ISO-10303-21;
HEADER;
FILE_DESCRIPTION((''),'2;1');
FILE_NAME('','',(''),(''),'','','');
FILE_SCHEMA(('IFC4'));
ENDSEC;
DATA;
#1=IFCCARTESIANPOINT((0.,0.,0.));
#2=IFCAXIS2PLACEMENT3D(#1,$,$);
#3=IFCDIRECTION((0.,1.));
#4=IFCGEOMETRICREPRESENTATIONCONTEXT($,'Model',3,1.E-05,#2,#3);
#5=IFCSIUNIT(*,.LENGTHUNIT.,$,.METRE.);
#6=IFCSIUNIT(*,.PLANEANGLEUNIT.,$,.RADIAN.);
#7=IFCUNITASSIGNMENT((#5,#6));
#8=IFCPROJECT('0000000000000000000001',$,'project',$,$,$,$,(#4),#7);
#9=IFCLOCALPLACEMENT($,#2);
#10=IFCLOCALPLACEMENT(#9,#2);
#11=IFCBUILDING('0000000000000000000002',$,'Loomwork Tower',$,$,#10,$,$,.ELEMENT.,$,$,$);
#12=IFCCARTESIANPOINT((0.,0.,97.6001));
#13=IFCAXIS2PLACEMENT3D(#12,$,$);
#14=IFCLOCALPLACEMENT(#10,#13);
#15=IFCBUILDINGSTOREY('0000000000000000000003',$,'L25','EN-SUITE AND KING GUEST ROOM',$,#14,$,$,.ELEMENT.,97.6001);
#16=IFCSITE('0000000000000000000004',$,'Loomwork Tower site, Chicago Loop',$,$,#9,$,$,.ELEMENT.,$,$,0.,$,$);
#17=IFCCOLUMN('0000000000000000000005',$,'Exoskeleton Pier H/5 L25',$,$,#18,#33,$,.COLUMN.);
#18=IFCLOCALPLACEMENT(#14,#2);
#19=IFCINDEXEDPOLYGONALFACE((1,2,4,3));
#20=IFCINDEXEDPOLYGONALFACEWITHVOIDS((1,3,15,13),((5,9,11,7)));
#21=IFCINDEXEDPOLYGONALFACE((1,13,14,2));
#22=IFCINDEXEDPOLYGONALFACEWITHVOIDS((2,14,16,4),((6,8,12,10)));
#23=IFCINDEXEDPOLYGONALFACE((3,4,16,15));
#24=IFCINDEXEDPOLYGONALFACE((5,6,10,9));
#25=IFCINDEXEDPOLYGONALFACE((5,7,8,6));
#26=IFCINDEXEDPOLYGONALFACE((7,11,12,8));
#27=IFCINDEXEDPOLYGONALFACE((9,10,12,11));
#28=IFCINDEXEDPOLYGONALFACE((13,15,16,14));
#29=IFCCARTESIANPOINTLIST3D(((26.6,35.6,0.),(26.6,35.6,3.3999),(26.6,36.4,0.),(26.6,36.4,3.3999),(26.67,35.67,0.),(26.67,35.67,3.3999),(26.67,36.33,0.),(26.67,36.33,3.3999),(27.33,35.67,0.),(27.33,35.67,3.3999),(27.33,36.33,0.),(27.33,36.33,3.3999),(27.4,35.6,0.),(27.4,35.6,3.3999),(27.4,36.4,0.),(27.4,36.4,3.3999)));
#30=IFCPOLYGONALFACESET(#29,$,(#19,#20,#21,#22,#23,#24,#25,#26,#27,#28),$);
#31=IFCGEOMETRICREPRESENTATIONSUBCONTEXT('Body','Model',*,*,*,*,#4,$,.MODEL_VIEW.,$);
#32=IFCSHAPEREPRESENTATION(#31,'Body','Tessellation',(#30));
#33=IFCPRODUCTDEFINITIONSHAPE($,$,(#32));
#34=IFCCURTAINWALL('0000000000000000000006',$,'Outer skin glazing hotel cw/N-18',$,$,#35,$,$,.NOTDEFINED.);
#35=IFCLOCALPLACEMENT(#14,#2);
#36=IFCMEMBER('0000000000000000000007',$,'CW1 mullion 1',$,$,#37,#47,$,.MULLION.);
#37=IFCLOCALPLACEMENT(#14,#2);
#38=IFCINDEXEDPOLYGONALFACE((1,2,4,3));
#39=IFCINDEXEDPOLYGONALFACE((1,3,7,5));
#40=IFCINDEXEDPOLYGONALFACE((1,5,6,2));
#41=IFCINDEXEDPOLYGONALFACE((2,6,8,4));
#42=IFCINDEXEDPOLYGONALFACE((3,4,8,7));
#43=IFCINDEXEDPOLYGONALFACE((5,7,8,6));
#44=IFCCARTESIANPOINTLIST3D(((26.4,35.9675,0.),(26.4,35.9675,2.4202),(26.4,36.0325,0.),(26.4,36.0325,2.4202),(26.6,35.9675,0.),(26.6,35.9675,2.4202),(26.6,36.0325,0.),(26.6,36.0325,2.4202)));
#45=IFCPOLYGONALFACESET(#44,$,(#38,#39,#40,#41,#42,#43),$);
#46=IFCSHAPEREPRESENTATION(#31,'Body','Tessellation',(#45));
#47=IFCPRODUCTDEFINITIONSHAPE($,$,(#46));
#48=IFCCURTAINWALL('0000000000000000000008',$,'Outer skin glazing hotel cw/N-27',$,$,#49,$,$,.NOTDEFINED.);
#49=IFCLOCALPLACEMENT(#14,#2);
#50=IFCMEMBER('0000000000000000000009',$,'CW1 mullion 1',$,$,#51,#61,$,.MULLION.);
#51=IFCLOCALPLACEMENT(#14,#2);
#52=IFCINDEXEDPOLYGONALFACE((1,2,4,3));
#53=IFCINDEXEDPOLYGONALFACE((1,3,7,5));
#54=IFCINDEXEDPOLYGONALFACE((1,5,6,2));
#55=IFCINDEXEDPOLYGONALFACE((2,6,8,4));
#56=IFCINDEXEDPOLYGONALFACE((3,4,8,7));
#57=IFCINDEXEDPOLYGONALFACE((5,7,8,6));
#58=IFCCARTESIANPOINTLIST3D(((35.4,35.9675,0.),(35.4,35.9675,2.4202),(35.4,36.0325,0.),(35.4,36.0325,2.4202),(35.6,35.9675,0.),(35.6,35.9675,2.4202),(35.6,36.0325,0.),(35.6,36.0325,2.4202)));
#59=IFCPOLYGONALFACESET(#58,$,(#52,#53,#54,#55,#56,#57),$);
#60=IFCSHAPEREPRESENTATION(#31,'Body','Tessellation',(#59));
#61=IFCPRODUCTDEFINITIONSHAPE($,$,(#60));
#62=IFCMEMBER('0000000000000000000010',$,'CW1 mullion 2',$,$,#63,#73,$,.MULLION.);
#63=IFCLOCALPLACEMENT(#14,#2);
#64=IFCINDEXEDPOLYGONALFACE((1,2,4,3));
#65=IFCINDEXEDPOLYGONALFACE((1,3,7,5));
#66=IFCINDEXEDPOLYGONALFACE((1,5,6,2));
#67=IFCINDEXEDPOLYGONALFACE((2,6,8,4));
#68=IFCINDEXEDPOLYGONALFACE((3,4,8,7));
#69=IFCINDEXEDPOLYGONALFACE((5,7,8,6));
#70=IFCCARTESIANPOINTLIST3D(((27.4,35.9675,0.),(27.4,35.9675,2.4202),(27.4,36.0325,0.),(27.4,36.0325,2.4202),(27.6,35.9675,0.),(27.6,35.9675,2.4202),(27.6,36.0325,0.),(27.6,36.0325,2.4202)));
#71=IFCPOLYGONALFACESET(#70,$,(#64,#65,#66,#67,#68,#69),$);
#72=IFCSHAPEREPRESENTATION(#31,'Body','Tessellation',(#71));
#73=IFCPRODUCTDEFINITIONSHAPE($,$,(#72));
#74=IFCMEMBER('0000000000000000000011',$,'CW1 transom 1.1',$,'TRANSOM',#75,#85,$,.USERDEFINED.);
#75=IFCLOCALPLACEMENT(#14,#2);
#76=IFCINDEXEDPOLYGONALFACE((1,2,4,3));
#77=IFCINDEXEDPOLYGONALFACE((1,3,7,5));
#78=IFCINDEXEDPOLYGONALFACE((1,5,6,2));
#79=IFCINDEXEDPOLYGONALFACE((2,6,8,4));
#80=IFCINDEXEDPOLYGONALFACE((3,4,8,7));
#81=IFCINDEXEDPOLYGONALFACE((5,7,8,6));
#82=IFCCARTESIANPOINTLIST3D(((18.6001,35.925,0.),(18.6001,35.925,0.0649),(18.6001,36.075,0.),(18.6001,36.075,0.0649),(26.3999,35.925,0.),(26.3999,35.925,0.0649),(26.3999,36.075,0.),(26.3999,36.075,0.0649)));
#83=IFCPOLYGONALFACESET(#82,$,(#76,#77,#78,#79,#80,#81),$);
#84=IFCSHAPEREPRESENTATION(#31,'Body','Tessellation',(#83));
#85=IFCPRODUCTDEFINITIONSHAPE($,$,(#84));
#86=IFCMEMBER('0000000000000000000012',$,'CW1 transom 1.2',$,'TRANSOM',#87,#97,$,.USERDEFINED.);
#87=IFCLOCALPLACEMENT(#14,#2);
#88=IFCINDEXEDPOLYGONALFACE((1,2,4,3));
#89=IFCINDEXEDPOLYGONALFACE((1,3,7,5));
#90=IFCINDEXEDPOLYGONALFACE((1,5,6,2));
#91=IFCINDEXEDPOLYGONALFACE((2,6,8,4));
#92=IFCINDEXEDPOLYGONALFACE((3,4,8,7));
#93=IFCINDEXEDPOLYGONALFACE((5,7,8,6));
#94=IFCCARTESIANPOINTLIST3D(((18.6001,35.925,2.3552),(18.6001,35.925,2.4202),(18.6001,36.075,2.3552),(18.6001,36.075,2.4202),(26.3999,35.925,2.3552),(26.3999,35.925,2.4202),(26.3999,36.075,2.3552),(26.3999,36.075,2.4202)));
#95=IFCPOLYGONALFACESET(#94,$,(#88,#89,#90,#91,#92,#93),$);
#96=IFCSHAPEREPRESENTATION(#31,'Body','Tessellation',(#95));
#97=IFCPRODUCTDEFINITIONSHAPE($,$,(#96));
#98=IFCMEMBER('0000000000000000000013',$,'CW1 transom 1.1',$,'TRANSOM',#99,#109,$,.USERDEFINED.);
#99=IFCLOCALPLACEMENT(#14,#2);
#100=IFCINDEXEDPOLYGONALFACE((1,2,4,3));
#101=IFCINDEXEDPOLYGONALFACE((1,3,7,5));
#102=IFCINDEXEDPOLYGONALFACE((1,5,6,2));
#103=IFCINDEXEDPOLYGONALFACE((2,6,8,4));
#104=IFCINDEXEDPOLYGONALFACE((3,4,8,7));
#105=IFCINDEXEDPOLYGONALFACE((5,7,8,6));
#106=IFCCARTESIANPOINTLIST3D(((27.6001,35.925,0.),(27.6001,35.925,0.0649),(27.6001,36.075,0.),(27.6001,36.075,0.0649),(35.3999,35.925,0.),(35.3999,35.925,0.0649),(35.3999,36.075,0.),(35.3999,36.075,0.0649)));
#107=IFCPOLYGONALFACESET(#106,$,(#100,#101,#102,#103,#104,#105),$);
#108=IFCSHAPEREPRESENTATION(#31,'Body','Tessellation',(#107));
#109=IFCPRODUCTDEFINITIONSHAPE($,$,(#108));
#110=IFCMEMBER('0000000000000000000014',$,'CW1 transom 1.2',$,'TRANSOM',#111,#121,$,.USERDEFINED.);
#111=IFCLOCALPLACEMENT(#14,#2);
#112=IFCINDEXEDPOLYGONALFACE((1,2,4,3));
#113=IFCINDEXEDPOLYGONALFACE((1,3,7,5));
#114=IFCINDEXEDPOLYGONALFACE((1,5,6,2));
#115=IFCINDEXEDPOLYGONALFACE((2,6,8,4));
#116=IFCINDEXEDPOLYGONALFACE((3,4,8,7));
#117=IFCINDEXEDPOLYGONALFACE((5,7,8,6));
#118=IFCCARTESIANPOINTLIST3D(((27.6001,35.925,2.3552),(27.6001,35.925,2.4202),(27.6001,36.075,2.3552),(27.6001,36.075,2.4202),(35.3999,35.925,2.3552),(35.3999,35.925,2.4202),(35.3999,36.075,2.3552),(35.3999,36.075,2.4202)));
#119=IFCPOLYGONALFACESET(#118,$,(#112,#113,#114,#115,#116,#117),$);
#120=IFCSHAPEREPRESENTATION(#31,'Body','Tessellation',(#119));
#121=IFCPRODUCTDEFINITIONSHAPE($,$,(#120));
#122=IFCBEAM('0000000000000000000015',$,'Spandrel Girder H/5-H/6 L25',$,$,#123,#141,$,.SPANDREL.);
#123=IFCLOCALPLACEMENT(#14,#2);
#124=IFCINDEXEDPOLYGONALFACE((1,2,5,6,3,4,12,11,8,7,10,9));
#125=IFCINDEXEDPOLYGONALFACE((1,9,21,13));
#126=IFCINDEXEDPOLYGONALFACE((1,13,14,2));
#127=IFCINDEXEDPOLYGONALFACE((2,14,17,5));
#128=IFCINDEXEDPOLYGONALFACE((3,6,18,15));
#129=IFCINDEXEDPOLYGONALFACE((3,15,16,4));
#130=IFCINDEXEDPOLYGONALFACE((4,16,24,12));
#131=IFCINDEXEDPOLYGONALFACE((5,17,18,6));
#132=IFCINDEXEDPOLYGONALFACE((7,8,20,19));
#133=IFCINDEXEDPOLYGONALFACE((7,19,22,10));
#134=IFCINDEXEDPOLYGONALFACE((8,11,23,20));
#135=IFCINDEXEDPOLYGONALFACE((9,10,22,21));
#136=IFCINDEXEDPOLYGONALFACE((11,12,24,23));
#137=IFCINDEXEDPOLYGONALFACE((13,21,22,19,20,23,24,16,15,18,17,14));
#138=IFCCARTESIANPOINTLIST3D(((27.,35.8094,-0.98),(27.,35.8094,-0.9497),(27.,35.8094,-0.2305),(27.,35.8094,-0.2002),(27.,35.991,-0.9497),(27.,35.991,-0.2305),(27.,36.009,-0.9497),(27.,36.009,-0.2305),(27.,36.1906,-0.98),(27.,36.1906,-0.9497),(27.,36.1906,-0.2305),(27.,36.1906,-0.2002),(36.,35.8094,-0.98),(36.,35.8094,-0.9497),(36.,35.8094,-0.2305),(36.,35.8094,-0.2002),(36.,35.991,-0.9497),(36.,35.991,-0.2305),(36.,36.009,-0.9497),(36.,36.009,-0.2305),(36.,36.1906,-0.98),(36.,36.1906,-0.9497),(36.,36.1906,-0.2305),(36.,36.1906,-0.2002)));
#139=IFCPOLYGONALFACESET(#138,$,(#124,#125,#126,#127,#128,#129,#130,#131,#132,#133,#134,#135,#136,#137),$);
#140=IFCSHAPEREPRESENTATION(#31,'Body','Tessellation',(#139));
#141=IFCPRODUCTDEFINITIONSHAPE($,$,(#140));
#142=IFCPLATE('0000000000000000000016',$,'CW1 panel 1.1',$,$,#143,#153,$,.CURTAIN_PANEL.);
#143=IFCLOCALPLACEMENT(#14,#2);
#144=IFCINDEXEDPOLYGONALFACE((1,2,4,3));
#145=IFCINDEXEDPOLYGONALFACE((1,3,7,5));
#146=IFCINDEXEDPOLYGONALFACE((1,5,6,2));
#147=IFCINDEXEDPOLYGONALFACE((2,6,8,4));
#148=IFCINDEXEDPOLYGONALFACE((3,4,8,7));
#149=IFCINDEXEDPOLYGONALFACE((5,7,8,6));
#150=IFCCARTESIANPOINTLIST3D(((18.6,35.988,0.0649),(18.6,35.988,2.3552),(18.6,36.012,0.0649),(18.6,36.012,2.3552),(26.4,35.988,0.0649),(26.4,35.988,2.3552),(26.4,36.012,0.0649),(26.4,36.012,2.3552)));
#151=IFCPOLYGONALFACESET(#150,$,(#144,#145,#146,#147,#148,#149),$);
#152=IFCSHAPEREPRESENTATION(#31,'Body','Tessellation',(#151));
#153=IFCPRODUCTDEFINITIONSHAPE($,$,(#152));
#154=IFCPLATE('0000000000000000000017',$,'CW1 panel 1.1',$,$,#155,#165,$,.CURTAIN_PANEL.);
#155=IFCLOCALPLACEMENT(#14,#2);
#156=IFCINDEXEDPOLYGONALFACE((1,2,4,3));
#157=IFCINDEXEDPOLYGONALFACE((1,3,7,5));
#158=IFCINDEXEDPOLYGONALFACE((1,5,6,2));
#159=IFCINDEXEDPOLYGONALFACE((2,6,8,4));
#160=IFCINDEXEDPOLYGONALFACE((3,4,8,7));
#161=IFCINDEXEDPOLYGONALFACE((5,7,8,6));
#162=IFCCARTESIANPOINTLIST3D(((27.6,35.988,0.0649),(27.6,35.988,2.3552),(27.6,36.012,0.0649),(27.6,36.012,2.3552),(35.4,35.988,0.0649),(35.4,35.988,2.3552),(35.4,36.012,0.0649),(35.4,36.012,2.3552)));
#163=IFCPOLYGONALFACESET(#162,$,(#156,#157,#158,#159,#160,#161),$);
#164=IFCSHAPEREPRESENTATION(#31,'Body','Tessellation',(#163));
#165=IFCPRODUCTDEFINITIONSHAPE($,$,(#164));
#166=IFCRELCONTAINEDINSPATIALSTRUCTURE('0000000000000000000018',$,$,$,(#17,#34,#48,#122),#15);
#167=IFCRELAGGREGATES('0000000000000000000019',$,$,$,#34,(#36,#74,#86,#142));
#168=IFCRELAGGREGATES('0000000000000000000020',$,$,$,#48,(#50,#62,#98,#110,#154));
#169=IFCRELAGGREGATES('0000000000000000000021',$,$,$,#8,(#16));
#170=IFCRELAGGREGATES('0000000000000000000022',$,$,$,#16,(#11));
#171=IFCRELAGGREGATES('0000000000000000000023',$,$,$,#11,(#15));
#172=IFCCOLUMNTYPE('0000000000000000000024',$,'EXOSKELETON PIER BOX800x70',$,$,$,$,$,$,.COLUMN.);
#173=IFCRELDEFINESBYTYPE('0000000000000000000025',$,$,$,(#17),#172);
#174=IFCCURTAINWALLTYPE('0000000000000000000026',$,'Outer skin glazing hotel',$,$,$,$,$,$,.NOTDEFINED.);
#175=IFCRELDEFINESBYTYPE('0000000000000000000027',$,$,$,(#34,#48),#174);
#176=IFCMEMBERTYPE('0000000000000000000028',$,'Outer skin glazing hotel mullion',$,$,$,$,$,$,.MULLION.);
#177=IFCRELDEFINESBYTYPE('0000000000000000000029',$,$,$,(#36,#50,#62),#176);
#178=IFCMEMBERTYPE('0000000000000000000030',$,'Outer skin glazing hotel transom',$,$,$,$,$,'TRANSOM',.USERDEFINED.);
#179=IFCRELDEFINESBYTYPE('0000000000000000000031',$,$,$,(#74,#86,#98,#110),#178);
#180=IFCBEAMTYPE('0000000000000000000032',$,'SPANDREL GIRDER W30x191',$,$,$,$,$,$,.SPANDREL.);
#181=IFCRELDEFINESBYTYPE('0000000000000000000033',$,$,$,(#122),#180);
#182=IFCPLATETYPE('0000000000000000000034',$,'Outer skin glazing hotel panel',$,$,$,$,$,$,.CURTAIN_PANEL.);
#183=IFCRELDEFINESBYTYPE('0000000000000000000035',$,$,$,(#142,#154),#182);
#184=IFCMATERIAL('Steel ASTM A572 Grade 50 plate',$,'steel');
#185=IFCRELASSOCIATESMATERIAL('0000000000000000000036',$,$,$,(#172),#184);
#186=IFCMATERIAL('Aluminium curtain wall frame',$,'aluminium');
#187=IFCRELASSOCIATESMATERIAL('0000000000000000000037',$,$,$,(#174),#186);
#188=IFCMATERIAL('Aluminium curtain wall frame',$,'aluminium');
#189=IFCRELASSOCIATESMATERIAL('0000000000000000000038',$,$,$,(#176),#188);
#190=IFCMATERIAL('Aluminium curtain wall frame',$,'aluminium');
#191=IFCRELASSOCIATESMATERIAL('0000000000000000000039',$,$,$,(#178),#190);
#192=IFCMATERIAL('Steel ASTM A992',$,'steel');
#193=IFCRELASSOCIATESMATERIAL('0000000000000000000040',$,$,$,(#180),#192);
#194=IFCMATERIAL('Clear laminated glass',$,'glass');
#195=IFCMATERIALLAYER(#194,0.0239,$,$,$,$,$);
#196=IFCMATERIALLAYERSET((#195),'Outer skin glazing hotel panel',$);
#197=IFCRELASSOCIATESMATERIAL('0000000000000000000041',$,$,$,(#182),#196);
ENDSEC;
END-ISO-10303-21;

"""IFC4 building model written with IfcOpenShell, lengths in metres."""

from ifc_helpers import new_model, si_unit, direction, frame, origin, origin_2d, place, context, subcontext, project, spatial, rectangle, hollow_rectangle, i_section, extrude, material, layer, layer_set, material_profile, profile_set, type_object, element, aggregate, save


model = new_model("IFC4")

# Units and contexts
model_context = context("Model", 3, precision=1e-05, world=origin(), true_north=direction((0.0, 1.0)))
body_context = subcontext(model_context, "Body", "Model", "MODEL_VIEW")
ifc_project = project(units=[si_unit("LENGTHUNIT", "METRE"), si_unit("PLANEANGLEUNIT", "RADIAN")], contexts=[model_context])

# Site, building, storey
site_placement = place(None, origin())
site = spatial("IfcSite", under=ifc_project, at=site_placement, Name="Loomwork Tower site, Chicago Loop", CompositionType="ELEMENT", RefElevation=0.0)
building_placement = place(site_placement, origin())
building = spatial("IfcBuilding", under=site, at=building_placement, Name="Loomwork Tower", CompositionType="ELEMENT")
storey_placement = place(building_placement, frame((0.0, 0.0, 97.6001)))
storey = spatial("IfcBuildingStorey", under=building, at=storey_placement, Name="L25", Description="EN-SUITE AND KING GUEST ROOM", CompositionType="ELEMENT", Elevation=97.6001)

# Column
ifc_material_1 = material(Name="Steel ASTM A572 Grade 50 plate", Category="steel")
ifc_material_profile_1 = material_profile(ifc_material_1, hollow_rectangle(XDim=0.8, YDim=0.8, WallThickness=0.0701, at=origin_2d()), Name="BOX800x70")
ifc_profile_set_1 = profile_set([ifc_material_profile_1], Name="Steel ASTM A572 Grade 50 plate")
column_type = type_object("IfcColumnType", Name="EXOSKELETON PIER BOX800x70", PredefinedType="COLUMN", material=ifc_profile_set_1)
column_placement = place(storey_placement, frame((27.0, 36.0, 0.0), z_axis=(0.0, 0.0, 1.0), x_axis=(1.0, 0.0, 0.0)))
element("IfcColumn", 1, at=column_placement, inside=storey, type_object=column_type, Name="Exoskeleton Pier H/5 L25", PredefinedType="COLUMN", context=body_context, shape_type="SweptSolid", body=[
    extrude(hollow_rectangle(XDim=0.8, YDim=0.8, WallThickness=0.0701, at=origin_2d()), origin(), (0.0, 0.0, 1.0), 3.3999),
])

# Curtain wall, member
ifc_material_2 = material(Name="Aluminium curtain wall frame", Category="aluminium")
curtain_wall_type = type_object("IfcCurtainWallType", Name="Outer skin glazing hotel", PredefinedType="NOTDEFINED", material=ifc_material_2)
curtain_wall_1_placement = place(storey_placement, origin())
curtain_wall_1 = element("IfcCurtainWall", 2, at=curtain_wall_1_placement, inside=storey, type_object=curtain_wall_type, Name="Outer skin glazing hotel cw/N-18", PredefinedType="NOTDEFINED")
ifc_material_3 = material(Name="Aluminium curtain wall frame", Category="aluminium")
ifc_material_profile_2 = material_profile(ifc_material_3, rectangle(XDim=0.0649, YDim=0.2, at=origin_2d()), Name="AL 65x200")
ifc_profile_set_2 = profile_set([ifc_material_profile_2], Name="Aluminium curtain wall frame")
member_type_1 = type_object("IfcMemberType", Name="Outer skin glazing hotel mullion", PredefinedType="MULLION", material=ifc_profile_set_2)
member_1_placement = place(storey_placement, frame((26.5, 36.0, 0.0), z_axis=(0.0, 0.0, 1.0), x_axis=(0.0, -1.0, 0.0)))
member_1 = element("IfcMember", 3, at=member_1_placement, type_object=member_type_1, Name="CW1 mullion 1", PredefinedType="MULLION", context=body_context, shape_type="SweptSolid", body=[
    extrude(rectangle(XDim=0.0649, YDim=0.2, at=origin_2d()), origin(), (0.0, 0.0, 1.0), 2.4202),
])

# Curtain wall, members
curtain_wall_2_placement = place(storey_placement, origin())
curtain_wall_2 = element("IfcCurtainWall", 4, at=curtain_wall_2_placement, inside=storey, type_object=curtain_wall_type, Name="Outer skin glazing hotel cw/N-27", PredefinedType="NOTDEFINED")
member_2_placement = place(storey_placement, frame((35.5, 36.0, 0.0), z_axis=(0.0, 0.0, 1.0), x_axis=(0.0, -1.0, 0.0)))
member_2 = element("IfcMember", 5, at=member_2_placement, type_object=member_type_1, Name="CW1 mullion 1", PredefinedType="MULLION", context=body_context, shape_type="SweptSolid", body=[
    extrude(rectangle(XDim=0.0649, YDim=0.2, at=origin_2d()), origin(), (0.0, 0.0, 1.0), 2.4202),
])
member_3_placement = place(storey_placement, frame((27.5, 36.0, 0.0), z_axis=(0.0, 0.0, 1.0), x_axis=(0.0, -1.0, 0.0)))
member_3 = element("IfcMember", 6, at=member_3_placement, type_object=member_type_1, Name="CW1 mullion 2", PredefinedType="MULLION", context=body_context, shape_type="SweptSolid", body=[
    extrude(rectangle(XDim=0.0649, YDim=0.2, at=origin_2d()), origin(), (0.0, 0.0, 1.0), 2.4202),
])

# Members
ifc_material_4 = material(Name="Aluminium curtain wall frame", Category="aluminium")
ifc_material_profile_3 = material_profile(ifc_material_4, rectangle(XDim=0.1499, YDim=0.0649, at=origin_2d()), Name="AL 65x150")
ifc_profile_set_3 = profile_set([ifc_material_profile_3], Name="Aluminium curtain wall frame")
member_type_2 = type_object("IfcMemberType", Name="Outer skin glazing hotel transom", ElementType="TRANSOM", PredefinedType="USERDEFINED", material=ifc_profile_set_3)
member_4_placement = place(storey_placement, frame((26.3999, 36.0, 0.0325), z_axis=(-1.0, 0.0, 0.0), x_axis=(0.0, -1.0, 0.0)))
member_4 = element("IfcMember", 7, at=member_4_placement, type_object=member_type_2, Name="CW1 transom 1.1", ObjectType="TRANSOM", PredefinedType="USERDEFINED", context=body_context, shape_type="SweptSolid", body=[
    extrude(rectangle(XDim=0.1499, YDim=0.0649, at=origin_2d()), origin(), (0.0, 0.0, 1.0), 7.7998),
])
member_5_placement = place(storey_placement, frame((26.3999, 36.0, 2.3877), z_axis=(-1.0, 0.0, 0.0), x_axis=(0.0, -1.0, 0.0)))
member_5 = element("IfcMember", 8, at=member_5_placement, type_object=member_type_2, Name="CW1 transom 1.2", ObjectType="TRANSOM", PredefinedType="USERDEFINED", context=body_context, shape_type="SweptSolid", body=[
    extrude(rectangle(XDim=0.1499, YDim=0.0649, at=origin_2d()), origin(), (0.0, 0.0, 1.0), 7.7998),
])
member_6_placement = place(storey_placement, frame((35.3999, 36.0, 0.0325), z_axis=(-1.0, 0.0, 0.0), x_axis=(0.0, -1.0, 0.0)))
member_6 = element("IfcMember", 9, at=member_6_placement, type_object=member_type_2, Name="CW1 transom 1.1", ObjectType="TRANSOM", PredefinedType="USERDEFINED", context=body_context, shape_type="SweptSolid", body=[
    extrude(rectangle(XDim=0.1499, YDim=0.0649, at=origin_2d()), origin(), (0.0, 0.0, 1.0), 7.7998),
])
member_7_placement = place(storey_placement, frame((35.3999, 36.0, 2.3877), z_axis=(-1.0, 0.0, 0.0), x_axis=(0.0, -1.0, 0.0)))
member_7 = element("IfcMember", 10, at=member_7_placement, type_object=member_type_2, Name="CW1 transom 1.2", ObjectType="TRANSOM", PredefinedType="USERDEFINED", context=body_context, shape_type="SweptSolid", body=[
    extrude(rectangle(XDim=0.1499, YDim=0.0649, at=origin_2d()), origin(), (0.0, 0.0, 1.0), 7.7998),
])

# Beam
ifc_material_5 = material(Name="Steel ASTM A992", Category="steel")
ifc_material_profile_4 = material_profile(ifc_material_5, i_section(OverallWidth=0.3811, OverallDepth=0.7798, WebThickness=0.0181, FlangeThickness=0.0303, at=origin_2d()), Name="W30x191")
ifc_profile_set_4 = profile_set([ifc_material_profile_4], Name="Steel ASTM A992")
beam_type = type_object("IfcBeamType", Name="SPANDREL GIRDER W30x191", PredefinedType="SPANDREL", material=ifc_profile_set_4)
beam_placement = place(storey_placement, frame((27.0, 36.0, -0.5901), z_axis=(1.0, 0.0, 0.0), x_axis=(0.0, 1.0, 0.0)))
element("IfcBeam", 11, at=beam_placement, inside=storey, type_object=beam_type, Name="Spandrel Girder H/5-H/6 L25", PredefinedType="SPANDREL", context=body_context, shape_type="SweptSolid", body=[
    extrude(i_section(OverallWidth=0.3811, OverallDepth=0.7798, WebThickness=0.0181, FlangeThickness=0.0303, at=origin_2d()), origin(), (0.0, 0.0, 1.0), 9.0),
])

# Plates
ifc_material_6 = material(Name="Clear laminated glass", Category="glass")
ifc_layer_1 = layer(ifc_material_6, 0.0239)
ifc_layer_set_1 = layer_set([ifc_layer_1], Name="Outer skin glazing hotel panel")
plate_type = type_object("IfcPlateType", Name="Outer skin glazing hotel panel", PredefinedType="CURTAIN_PANEL", material=ifc_layer_set_1)
plate_1_placement = place(storey_placement, frame((22.5, 36.0, 0.0649), z_axis=(0.0, 0.0, 1.0), x_axis=(-1.0, 0.0, 0.0)))
plate_1 = element("IfcPlate", 12, at=plate_1_placement, type_object=plate_type, Name="CW1 panel 1.1", PredefinedType="CURTAIN_PANEL", context=body_context, shape_type="SweptSolid", body=[
    extrude(rectangle(XDim=7.8, YDim=0.0239, at=origin_2d()), origin(), (0.0, 0.0, 1.0), 2.2903),
])
aggregate(curtain_wall_1, [member_1, member_4, member_5, plate_1])
plate_2_placement = place(storey_placement, frame((31.5, 36.0, 0.0649), z_axis=(0.0, 0.0, 1.0), x_axis=(-1.0, 0.0, 0.0)))
plate_2 = element("IfcPlate", 13, at=plate_2_placement, type_object=plate_type, Name="CW1 panel 1.1", PredefinedType="CURTAIN_PANEL", context=body_context, shape_type="SweptSolid", body=[
    extrude(rectangle(XDim=7.8, YDim=0.0239, at=origin_2d()), origin(), (0.0, 0.0, 1.0), 2.2903),
])
aggregate(curtain_wall_2, [member_2, member_3, member_6, member_7, plate_2])

save(model, "model.ifc")
